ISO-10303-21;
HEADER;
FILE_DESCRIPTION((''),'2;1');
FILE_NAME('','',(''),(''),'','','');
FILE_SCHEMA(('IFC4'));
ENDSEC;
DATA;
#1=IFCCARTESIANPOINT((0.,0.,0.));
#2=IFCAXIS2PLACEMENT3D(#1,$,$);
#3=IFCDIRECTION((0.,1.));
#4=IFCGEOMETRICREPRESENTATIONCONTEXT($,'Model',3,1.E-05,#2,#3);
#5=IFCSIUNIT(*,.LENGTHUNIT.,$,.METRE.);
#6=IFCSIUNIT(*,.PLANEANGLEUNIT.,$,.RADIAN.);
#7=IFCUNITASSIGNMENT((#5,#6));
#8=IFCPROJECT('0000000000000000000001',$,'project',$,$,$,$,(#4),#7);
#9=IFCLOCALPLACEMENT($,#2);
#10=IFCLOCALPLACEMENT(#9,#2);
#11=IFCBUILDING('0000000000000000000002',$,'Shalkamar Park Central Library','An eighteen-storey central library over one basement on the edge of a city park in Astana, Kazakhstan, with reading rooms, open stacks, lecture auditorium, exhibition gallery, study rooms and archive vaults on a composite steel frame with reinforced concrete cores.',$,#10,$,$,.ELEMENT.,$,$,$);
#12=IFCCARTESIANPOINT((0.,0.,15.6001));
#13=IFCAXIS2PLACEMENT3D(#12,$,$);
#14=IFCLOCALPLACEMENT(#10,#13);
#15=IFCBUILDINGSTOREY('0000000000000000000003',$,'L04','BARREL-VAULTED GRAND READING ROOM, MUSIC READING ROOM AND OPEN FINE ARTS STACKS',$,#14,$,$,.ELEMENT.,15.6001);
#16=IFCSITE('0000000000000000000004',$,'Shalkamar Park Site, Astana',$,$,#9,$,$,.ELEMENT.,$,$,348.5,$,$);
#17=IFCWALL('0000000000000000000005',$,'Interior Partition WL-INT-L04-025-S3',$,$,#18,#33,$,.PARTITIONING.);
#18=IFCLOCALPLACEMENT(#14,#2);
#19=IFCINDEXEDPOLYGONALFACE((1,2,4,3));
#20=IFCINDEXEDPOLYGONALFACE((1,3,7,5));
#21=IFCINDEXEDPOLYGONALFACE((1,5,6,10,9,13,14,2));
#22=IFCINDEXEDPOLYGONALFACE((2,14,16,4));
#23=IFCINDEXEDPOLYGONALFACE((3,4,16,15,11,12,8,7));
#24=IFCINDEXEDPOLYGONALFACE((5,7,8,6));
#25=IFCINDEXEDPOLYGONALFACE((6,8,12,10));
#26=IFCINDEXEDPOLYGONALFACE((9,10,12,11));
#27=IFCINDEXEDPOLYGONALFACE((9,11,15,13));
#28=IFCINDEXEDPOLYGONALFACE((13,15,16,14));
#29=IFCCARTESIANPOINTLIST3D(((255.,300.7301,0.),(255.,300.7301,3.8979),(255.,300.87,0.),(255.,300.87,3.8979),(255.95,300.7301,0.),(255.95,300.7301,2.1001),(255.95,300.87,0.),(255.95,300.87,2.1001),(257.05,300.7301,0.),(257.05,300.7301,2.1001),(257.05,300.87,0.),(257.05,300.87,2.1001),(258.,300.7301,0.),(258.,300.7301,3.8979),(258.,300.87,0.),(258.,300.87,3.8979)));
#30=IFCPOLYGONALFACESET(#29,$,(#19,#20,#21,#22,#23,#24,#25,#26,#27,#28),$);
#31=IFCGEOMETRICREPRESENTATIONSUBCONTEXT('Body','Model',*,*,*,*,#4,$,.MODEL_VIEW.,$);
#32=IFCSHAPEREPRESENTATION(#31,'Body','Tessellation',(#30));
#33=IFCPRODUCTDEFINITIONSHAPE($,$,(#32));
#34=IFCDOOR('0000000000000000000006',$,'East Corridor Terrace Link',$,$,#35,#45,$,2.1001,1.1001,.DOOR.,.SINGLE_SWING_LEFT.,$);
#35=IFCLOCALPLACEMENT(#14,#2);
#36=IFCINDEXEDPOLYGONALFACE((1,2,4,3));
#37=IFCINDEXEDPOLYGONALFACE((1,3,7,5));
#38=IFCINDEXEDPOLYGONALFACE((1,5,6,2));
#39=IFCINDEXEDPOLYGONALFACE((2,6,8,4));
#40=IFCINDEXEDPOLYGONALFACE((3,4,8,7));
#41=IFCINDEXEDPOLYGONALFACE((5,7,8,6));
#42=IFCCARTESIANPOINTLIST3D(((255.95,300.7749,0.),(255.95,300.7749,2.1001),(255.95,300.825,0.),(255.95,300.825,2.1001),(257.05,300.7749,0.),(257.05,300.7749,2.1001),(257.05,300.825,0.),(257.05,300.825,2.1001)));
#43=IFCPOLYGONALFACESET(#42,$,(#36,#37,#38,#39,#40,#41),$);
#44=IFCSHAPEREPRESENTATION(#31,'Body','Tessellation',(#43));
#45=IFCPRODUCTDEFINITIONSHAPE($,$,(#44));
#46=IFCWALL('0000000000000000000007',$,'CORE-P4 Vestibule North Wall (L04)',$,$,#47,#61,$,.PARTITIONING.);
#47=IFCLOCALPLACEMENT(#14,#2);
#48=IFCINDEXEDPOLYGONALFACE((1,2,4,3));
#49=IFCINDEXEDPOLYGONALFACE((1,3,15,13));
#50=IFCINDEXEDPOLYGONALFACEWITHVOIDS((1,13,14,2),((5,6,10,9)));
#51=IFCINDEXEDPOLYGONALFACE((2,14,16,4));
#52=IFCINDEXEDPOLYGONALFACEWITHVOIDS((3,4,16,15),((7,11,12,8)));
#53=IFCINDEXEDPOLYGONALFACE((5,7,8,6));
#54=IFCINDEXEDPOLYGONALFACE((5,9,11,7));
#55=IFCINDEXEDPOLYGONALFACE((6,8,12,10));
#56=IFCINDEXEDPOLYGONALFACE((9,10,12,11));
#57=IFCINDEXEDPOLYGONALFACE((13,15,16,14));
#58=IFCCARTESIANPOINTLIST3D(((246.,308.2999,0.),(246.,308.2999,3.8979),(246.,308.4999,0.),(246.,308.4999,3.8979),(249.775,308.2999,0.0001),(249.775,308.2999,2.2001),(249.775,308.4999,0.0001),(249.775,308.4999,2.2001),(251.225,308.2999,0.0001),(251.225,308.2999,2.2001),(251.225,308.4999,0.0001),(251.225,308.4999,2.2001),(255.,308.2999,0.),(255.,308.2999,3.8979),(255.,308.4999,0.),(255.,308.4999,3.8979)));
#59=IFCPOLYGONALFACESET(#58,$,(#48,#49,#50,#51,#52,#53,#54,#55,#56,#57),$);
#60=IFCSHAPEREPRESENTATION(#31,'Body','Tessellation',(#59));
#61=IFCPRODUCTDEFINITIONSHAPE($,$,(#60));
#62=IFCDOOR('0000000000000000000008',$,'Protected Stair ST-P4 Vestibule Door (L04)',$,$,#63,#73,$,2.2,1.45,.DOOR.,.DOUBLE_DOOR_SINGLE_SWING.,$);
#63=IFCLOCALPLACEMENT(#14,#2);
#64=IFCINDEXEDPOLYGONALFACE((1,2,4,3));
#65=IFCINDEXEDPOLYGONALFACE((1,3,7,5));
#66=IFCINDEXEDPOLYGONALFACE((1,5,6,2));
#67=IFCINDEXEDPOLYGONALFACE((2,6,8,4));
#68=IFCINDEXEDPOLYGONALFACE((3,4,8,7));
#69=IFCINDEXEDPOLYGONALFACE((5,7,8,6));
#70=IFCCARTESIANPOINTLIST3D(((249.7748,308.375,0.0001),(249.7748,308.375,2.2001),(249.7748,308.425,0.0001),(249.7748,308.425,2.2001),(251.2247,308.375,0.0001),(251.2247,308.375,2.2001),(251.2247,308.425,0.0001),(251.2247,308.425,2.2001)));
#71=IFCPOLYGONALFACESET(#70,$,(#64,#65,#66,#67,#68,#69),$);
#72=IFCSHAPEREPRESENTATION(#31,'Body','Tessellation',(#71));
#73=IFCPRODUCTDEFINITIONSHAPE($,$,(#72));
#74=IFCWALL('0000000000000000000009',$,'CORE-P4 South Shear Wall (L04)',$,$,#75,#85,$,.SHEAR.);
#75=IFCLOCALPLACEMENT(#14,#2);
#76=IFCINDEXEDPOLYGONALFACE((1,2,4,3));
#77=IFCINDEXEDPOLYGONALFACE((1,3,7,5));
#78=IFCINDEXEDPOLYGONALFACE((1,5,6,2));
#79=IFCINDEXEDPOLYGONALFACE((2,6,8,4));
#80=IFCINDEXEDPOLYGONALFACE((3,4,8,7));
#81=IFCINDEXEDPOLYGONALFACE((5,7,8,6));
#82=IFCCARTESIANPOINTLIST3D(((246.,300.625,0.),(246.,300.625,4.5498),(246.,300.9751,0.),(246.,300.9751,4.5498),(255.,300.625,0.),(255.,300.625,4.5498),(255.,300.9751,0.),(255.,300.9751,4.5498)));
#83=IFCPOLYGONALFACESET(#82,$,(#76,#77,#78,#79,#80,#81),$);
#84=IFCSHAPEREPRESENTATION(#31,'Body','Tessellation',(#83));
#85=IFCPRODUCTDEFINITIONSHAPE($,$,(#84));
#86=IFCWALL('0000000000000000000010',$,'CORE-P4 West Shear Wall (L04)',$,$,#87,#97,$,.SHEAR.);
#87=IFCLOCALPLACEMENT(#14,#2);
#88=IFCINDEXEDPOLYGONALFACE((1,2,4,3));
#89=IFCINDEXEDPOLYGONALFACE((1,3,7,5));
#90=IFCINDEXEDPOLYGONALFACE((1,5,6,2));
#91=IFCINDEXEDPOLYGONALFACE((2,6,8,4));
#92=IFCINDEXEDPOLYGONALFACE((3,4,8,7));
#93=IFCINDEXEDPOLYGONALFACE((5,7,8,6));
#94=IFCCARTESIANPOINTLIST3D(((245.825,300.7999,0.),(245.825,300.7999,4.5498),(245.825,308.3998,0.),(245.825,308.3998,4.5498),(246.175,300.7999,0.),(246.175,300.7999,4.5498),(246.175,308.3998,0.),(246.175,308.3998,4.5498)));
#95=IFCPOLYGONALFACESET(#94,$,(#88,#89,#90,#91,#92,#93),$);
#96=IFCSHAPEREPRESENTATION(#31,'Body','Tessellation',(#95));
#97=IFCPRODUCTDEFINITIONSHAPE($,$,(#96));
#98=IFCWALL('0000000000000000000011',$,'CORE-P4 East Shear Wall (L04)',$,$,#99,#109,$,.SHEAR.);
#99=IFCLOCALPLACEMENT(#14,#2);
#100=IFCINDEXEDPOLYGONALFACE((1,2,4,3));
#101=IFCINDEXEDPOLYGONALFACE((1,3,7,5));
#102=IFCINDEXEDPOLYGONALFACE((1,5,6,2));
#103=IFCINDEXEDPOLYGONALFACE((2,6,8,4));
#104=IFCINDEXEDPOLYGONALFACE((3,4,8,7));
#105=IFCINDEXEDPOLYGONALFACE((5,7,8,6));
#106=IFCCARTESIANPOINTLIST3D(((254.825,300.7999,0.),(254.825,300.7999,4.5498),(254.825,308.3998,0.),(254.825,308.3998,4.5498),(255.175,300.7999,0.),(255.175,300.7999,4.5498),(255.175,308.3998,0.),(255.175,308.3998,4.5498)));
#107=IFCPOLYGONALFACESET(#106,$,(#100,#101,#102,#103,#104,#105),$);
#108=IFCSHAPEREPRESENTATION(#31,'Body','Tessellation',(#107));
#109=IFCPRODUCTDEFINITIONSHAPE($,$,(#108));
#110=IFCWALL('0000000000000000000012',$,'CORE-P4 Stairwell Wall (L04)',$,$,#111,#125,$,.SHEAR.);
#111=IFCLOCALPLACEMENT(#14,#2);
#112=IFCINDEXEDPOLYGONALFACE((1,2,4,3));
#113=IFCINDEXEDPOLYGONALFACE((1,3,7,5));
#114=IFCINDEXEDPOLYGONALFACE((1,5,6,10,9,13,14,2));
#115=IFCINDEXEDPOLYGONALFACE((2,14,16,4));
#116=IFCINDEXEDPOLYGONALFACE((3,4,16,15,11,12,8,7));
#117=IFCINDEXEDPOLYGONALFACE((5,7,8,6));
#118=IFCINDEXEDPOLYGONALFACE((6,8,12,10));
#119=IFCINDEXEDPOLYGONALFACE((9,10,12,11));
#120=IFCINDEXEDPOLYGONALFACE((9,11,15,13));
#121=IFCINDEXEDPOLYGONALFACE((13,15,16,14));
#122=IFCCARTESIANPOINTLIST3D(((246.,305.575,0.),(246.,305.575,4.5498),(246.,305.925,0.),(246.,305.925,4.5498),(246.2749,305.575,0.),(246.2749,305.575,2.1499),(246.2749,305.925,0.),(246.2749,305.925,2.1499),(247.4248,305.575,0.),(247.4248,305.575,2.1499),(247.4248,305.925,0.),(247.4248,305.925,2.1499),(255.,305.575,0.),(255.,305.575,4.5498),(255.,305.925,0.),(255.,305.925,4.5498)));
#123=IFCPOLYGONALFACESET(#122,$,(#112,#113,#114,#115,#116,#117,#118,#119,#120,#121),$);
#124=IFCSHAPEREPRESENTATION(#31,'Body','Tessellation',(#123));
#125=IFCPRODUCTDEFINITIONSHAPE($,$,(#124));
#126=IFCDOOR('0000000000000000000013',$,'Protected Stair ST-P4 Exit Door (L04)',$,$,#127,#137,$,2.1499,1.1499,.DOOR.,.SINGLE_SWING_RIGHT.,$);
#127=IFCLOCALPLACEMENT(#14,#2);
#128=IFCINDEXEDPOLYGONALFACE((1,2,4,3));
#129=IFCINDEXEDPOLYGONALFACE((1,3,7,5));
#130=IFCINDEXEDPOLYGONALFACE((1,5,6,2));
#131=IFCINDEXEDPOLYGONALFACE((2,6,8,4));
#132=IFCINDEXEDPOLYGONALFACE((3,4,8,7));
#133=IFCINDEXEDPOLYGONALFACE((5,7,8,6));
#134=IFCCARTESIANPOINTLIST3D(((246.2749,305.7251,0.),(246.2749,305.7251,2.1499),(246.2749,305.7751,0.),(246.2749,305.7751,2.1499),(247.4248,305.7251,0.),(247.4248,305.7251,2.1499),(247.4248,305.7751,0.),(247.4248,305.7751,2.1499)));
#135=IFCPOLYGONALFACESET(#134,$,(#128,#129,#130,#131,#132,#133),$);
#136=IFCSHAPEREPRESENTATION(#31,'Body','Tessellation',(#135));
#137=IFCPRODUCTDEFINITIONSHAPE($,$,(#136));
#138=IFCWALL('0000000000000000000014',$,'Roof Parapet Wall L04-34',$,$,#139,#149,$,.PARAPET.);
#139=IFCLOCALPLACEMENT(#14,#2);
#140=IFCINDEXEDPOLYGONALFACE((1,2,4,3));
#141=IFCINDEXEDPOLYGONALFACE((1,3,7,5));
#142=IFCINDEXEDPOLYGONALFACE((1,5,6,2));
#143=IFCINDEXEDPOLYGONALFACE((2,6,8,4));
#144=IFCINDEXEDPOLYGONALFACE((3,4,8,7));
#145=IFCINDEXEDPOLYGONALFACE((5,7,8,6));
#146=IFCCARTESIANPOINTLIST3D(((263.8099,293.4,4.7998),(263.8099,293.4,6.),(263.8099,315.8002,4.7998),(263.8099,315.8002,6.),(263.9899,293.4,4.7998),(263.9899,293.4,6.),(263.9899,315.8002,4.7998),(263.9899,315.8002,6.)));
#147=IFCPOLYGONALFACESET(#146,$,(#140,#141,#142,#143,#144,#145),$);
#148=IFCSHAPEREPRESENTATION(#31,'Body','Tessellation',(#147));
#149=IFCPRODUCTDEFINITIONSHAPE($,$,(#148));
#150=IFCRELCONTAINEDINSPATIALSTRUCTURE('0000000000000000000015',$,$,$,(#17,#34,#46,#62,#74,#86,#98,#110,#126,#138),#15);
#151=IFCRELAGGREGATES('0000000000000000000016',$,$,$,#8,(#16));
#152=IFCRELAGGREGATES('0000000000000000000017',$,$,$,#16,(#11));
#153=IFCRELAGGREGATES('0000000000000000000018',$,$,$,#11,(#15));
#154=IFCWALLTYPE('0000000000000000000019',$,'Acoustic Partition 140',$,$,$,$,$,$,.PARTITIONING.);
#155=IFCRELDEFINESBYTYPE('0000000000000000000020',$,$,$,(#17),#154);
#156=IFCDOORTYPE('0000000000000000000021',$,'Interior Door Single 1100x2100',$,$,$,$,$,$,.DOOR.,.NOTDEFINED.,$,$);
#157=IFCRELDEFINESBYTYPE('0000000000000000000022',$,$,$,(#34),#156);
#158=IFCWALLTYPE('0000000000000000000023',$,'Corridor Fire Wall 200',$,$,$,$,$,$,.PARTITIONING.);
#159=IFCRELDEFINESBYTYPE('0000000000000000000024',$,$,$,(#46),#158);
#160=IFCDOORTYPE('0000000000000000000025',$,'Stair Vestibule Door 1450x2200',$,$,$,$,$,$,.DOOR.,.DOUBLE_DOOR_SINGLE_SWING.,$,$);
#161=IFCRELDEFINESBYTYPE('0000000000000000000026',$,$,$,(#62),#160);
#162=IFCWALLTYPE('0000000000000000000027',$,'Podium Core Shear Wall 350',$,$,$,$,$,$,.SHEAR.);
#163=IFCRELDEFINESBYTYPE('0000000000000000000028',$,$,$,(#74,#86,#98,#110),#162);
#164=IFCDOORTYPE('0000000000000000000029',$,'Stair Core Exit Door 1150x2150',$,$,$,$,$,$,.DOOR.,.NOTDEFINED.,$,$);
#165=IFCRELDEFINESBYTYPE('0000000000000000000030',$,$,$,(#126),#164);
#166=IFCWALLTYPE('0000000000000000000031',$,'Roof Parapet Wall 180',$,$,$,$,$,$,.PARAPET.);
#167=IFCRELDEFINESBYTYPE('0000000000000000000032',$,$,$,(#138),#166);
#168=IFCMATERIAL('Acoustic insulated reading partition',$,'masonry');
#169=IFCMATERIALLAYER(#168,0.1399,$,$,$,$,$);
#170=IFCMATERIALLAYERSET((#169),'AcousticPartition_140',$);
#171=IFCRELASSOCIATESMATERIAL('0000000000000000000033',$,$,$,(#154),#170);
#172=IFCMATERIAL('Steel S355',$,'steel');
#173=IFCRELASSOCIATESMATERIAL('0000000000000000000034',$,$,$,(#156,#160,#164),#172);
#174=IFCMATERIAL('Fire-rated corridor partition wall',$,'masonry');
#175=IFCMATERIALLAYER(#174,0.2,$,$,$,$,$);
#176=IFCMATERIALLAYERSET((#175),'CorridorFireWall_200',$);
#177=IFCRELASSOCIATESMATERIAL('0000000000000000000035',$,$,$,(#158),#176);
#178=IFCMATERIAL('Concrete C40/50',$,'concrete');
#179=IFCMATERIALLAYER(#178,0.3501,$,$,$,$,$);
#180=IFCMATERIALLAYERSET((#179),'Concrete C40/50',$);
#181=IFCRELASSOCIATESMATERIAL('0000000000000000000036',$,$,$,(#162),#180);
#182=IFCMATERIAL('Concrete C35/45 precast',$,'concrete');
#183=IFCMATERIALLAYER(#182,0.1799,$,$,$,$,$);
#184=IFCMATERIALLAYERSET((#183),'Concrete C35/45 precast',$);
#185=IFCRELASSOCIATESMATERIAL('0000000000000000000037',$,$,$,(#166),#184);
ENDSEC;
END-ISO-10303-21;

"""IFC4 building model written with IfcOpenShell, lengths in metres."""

from ifc_helpers import new_model, si_unit, direction, frame, frame_2d, origin, place, context, subcontext, project, spatial, rectangle, extrude, material, layer, layer_set, type_object, element, fill, save


model = new_model("IFC4")

# Units and contexts
model_context = context("Model", 3, precision=1e-05, world=origin(), true_north=direction((0.0, 1.0)))
body_context = subcontext(model_context, "Body", "Model", "MODEL_VIEW")
ifc_project = project(units=[si_unit("LENGTHUNIT", "METRE"), si_unit("PLANEANGLEUNIT", "RADIAN")], contexts=[model_context])

# Site, building, storey
site_placement = place(None, origin())
site = spatial("IfcSite", under=ifc_project, at=site_placement, Name="Shalkamar Park Site, Astana", CompositionType="ELEMENT", RefElevation=348.5)
building_placement = place(site_placement, origin())
building = spatial("IfcBuilding", under=site, at=building_placement, Name="Shalkamar Park Central Library", Description="An eighteen-storey central library over one basement on the edge of a city park in Astana, Kazakhstan, with reading rooms, open stacks, lecture auditorium, exhibition gallery, study rooms and archive vaults on a composite steel frame with reinforced concrete cores.", CompositionType="ELEMENT")
storey_placement = place(building_placement, frame((0.0, 0.0, 15.6001)))
storey = spatial("IfcBuildingStorey", under=building, at=storey_placement, Name="L04", Description="BARREL-VAULTED GRAND READING ROOM, MUSIC READING ROOM AND OPEN FINE ARTS STACKS", CompositionType="ELEMENT", Elevation=15.6001)

# Shared definitions
ifc_material_1 = material(Name="Concrete C40/50", Category="concrete")
ifc_material_2 = material(Name="Steel S355", Category="steel")

# Walls, openings, doors
ifc_material_3 = material(Name="Acoustic insulated reading partition", Category="masonry")
ifc_layer_1 = layer(ifc_material_3, 0.1399)
ifc_layer_set_1 = layer_set([ifc_layer_1], Name="AcousticPartition_140")
wall_type_1 = type_object("IfcWallType", Name="Acoustic Partition 140", PredefinedType="PARTITIONING", material=ifc_layer_set_1)
wall_1_placement = place(storey_placement, frame((255.0, 300.8, 0.0), z_axis=(0.0, 0.0, 1.0), x_axis=(1.0, 0.0, 0.0)))
wall_1 = element("IfcWall", 1, at=wall_1_placement, inside=storey, type_object=wall_type_1, Name="Interior Partition WL-INT-L04-025-S3", PredefinedType="PARTITIONING", context=body_context, shape_type="SweptSolid", body=[
    extrude(rectangle(XDim=3.0, YDim=0.1399, at=frame_2d((1.5, 0.0))), origin(), (0.0, 0.0, 1.0), 3.8979),
])
opening_1_placement = place(wall_1_placement, frame((0.95, 0.0, 0.0)))
opening_1 = element("IfcOpeningElement", 2, at=opening_1_placement, cuts=wall_1, PredefinedType="OPENING", context=body_context, shape_type="SweptSolid", body=[
    extrude(rectangle(XDim=1.1001, YDim=2.1001, at=frame_2d((0.55, 1.05))), frame((0.0, 0.085, 0.0), z_axis=(0.0, -1.0, 0.0), x_axis=(1.0, 0.0, 0.0)), (0.0, 0.0, 1.0), 0.1697),
])
door_type_1 = type_object("IfcDoorType", Name="Interior Door Single 1100x2100", OperationType="NOTDEFINED", PredefinedType="DOOR", material=ifc_material_2)
door_1_placement = place(opening_1_placement, origin())
door_1 = element("IfcDoor", 3, at=door_1_placement, inside=storey, type_object=door_type_1, Name="East Corridor Terrace Link", OperationType="SINGLE_SWING_LEFT", OverallHeight=2.1001, OverallWidth=1.1001, PredefinedType="DOOR", context=body_context, shape_type="SweptSolid", body=[
    extrude(rectangle(XDim=1.1001, YDim=2.1001, at=frame_2d((0.55, 1.05))), frame((0.0, 0.0249, 0.0), z_axis=(0.0, -1.0, 0.0), x_axis=(1.0, 0.0, 0.0)), (0.0, 0.0, 1.0), 0.05),
])
fill(opening_1, door_1)
ifc_material_4 = material(Name="Fire-rated corridor partition wall", Category="masonry")
ifc_layer_2 = layer(ifc_material_4, 0.2)
ifc_layer_set_2 = layer_set([ifc_layer_2], Name="CorridorFireWall_200")
wall_type_2 = type_object("IfcWallType", Name="Corridor Fire Wall 200", PredefinedType="PARTITIONING", material=ifc_layer_set_2)
wall_2_placement = place(storey_placement, frame((246.0, 308.3999, 0.0), z_axis=(0.0, 0.0, 1.0), x_axis=(1.0, 0.0, 0.0)))
wall_2 = element("IfcWall", 4, at=wall_2_placement, inside=storey, type_object=wall_type_2, Name="CORE-P4 Vestibule North Wall (L04)", PredefinedType="PARTITIONING", context=body_context, shape_type="SweptSolid", body=[
    extrude(rectangle(XDim=9.0, YDim=0.2, at=frame_2d((4.5, 0.0))), origin(), (0.0, 0.0, 1.0), 3.8979),
])
opening_2_placement = place(wall_2_placement, frame((3.7749, 0.0, 0.0)))
opening_2 = element("IfcOpeningElement", 5, at=opening_2_placement, cuts=wall_2, PredefinedType="OPENING", context=body_context, shape_type="SweptSolid", body=[
    extrude(rectangle(XDim=1.45, YDim=2.2, at=frame_2d((0.7251, 1.1001))), frame((0.0, 0.1147, 0.0), z_axis=(0.0, -1.0, 0.0), x_axis=(1.0, 0.0, 0.0)), (0.0, 0.0, 1.0), 0.2297),
])
door_type_2 = type_object("IfcDoorType", Name="Stair Vestibule Door 1450x2200", OperationType="DOUBLE_DOOR_SINGLE_SWING", PredefinedType="DOOR", material=ifc_material_2)
door_2_placement = place(opening_2_placement, frame((1.45, 0.0, 0.0), z_axis=(0.0, 0.0, 1.0), x_axis=(-1.0, 0.0, 0.0)))
door_2 = element("IfcDoor", 6, at=door_2_placement, inside=storey, type_object=door_type_2, Name="Protected Stair ST-P4 Vestibule Door (L04)", OperationType="DOUBLE_DOOR_SINGLE_SWING", OverallHeight=2.2, OverallWidth=1.45, PredefinedType="DOOR", context=body_context, shape_type="SweptSolid", body=[
    extrude(rectangle(XDim=1.45, YDim=2.2, at=frame_2d((0.7251, 1.1001))), frame((0.0, 0.0249, 0.0), z_axis=(0.0, -1.0, 0.0), x_axis=(1.0, 0.0, 0.0)), (0.0, 0.0, 1.0), 0.05),
])
fill(opening_2, door_2)

# Walls
ifc_layer_3 = layer(ifc_material_1, 0.3501)
ifc_layer_set_3 = layer_set([ifc_layer_3], Name="Concrete C40/50")
wall_type_3 = type_object("IfcWallType", Name="Podium Core Shear Wall 350", PredefinedType="SHEAR", material=ifc_layer_set_3)
wall_3_placement = place(storey_placement, frame((246.0, 300.8, 0.0), z_axis=(0.0, 0.0, 1.0), x_axis=(1.0, 0.0, 0.0)))
element("IfcWall", 7, at=wall_3_placement, inside=storey, type_object=wall_type_3, Name="CORE-P4 South Shear Wall (L04)", PredefinedType="SHEAR", context=body_context, shape_type="SweptSolid", body=[
    extrude(rectangle(XDim=9.0, YDim=0.3501, at=frame_2d((4.5, 0.0))), origin(), (0.0, 0.0, 1.0), 4.5498),
])
for number, where, z_axis, x_axis, name in (
    (8, (246.0, 300.8, 0.0), (0.0, 0.0, 1.0), (0.0, 1.0, 0.0), "CORE-P4 West Shear Wall (L04)"),
    (9, (255.0, 300.8, 0.0), (0.0, 0.0, 1.0), (0.0, 1.0, 0.0), "CORE-P4 East Shear Wall (L04)"),
):
    element("IfcWall", number, at=place(storey_placement, frame(where, z_axis=z_axis, x_axis=x_axis)), inside=storey, type_object=wall_type_3, Name=name, PredefinedType="SHEAR", context=body_context, shape_type="SweptSolid", body=[
        extrude(rectangle(XDim=7.5999, YDim=0.3501, at=frame_2d((3.7998, 0.0))), origin(), (0.0, 0.0, 1.0), 4.5498),
    ])

# Wall, opening, door
wall_4_placement = place(storey_placement, frame((246.0, 305.75, 0.0), z_axis=(0.0, 0.0, 1.0), x_axis=(1.0, 0.0, 0.0)))
wall_4 = element("IfcWall", 10, at=wall_4_placement, inside=storey, type_object=wall_type_3, Name="CORE-P4 Stairwell Wall (L04)", PredefinedType="SHEAR", context=body_context, shape_type="SweptSolid", body=[
    extrude(rectangle(XDim=9.0, YDim=0.3501, at=frame_2d((4.5, 0.0))), origin(), (0.0, 0.0, 1.0), 4.5498),
])
opening_3_placement = place(wall_4_placement, frame((0.2749, 0.0, 0.0)))
opening_3 = element("IfcOpeningElement", 11, at=opening_3_placement, cuts=wall_4, PredefinedType="OPENING", context=body_context, shape_type="SweptSolid", body=[
    extrude(rectangle(XDim=1.1499, YDim=2.1499, at=frame_2d((0.575, 1.075))), frame((0.0, 0.1899, 0.0), z_axis=(0.0, -1.0, 0.0), x_axis=(1.0, 0.0, 0.0)), (0.0, 0.0, 1.0), 0.3799),
])
door_type_3 = type_object("IfcDoorType", Name="Stair Core Exit Door 1150x2150", OperationType="NOTDEFINED", PredefinedType="DOOR", material=ifc_material_2)
door_3_placement = place(opening_3_placement, frame((1.1499, 0.0, 0.0), z_axis=(0.0, 0.0, 1.0), x_axis=(-1.0, 0.0, 0.0)))
door_3 = element("IfcDoor", 12, at=door_3_placement, inside=storey, type_object=door_type_3, Name="Protected Stair ST-P4 Exit Door (L04)", OperationType="SINGLE_SWING_RIGHT", OverallHeight=2.1499, OverallWidth=1.1499, PredefinedType="DOOR", context=body_context, shape_type="SweptSolid", body=[
    extrude(rectangle(XDim=1.1499, YDim=2.1499, at=frame_2d((0.575, 1.075))), frame((0.0, 0.0249, 0.0), z_axis=(0.0, -1.0, 0.0), x_axis=(1.0, 0.0, 0.0)), (0.0, 0.0, 1.0), 0.05),
])
fill(opening_3, door_3)

# Wall
ifc_material_5 = material(Name="Concrete C35/45 precast", Category="concrete")
ifc_layer_4 = layer(ifc_material_5, 0.1799)
ifc_layer_set_4 = layer_set([ifc_layer_4], Name="Concrete C35/45 precast")
wall_type_4 = type_object("IfcWallType", Name="Roof Parapet Wall 180", PredefinedType="PARAPET", material=ifc_layer_set_4)
wall_5_placement = place(storey_placement, frame((263.8999, 293.3999, 4.7998), z_axis=(0.0, 0.0, 1.0), x_axis=(0.0, 1.0, 0.0)))
element("IfcWall", 13, at=wall_5_placement, inside=storey, type_object=wall_type_4, Name="Roof Parapet Wall L04-34", PredefinedType="PARAPET", context=body_context, shape_type="SweptSolid", body=[
    extrude(rectangle(XDim=22.4001, YDim=0.1799, at=frame_2d((11.2002, 0.0))), origin(), (0.0, 0.0, 1.0), 1.2002),
])

save(model, "model.ifc")
